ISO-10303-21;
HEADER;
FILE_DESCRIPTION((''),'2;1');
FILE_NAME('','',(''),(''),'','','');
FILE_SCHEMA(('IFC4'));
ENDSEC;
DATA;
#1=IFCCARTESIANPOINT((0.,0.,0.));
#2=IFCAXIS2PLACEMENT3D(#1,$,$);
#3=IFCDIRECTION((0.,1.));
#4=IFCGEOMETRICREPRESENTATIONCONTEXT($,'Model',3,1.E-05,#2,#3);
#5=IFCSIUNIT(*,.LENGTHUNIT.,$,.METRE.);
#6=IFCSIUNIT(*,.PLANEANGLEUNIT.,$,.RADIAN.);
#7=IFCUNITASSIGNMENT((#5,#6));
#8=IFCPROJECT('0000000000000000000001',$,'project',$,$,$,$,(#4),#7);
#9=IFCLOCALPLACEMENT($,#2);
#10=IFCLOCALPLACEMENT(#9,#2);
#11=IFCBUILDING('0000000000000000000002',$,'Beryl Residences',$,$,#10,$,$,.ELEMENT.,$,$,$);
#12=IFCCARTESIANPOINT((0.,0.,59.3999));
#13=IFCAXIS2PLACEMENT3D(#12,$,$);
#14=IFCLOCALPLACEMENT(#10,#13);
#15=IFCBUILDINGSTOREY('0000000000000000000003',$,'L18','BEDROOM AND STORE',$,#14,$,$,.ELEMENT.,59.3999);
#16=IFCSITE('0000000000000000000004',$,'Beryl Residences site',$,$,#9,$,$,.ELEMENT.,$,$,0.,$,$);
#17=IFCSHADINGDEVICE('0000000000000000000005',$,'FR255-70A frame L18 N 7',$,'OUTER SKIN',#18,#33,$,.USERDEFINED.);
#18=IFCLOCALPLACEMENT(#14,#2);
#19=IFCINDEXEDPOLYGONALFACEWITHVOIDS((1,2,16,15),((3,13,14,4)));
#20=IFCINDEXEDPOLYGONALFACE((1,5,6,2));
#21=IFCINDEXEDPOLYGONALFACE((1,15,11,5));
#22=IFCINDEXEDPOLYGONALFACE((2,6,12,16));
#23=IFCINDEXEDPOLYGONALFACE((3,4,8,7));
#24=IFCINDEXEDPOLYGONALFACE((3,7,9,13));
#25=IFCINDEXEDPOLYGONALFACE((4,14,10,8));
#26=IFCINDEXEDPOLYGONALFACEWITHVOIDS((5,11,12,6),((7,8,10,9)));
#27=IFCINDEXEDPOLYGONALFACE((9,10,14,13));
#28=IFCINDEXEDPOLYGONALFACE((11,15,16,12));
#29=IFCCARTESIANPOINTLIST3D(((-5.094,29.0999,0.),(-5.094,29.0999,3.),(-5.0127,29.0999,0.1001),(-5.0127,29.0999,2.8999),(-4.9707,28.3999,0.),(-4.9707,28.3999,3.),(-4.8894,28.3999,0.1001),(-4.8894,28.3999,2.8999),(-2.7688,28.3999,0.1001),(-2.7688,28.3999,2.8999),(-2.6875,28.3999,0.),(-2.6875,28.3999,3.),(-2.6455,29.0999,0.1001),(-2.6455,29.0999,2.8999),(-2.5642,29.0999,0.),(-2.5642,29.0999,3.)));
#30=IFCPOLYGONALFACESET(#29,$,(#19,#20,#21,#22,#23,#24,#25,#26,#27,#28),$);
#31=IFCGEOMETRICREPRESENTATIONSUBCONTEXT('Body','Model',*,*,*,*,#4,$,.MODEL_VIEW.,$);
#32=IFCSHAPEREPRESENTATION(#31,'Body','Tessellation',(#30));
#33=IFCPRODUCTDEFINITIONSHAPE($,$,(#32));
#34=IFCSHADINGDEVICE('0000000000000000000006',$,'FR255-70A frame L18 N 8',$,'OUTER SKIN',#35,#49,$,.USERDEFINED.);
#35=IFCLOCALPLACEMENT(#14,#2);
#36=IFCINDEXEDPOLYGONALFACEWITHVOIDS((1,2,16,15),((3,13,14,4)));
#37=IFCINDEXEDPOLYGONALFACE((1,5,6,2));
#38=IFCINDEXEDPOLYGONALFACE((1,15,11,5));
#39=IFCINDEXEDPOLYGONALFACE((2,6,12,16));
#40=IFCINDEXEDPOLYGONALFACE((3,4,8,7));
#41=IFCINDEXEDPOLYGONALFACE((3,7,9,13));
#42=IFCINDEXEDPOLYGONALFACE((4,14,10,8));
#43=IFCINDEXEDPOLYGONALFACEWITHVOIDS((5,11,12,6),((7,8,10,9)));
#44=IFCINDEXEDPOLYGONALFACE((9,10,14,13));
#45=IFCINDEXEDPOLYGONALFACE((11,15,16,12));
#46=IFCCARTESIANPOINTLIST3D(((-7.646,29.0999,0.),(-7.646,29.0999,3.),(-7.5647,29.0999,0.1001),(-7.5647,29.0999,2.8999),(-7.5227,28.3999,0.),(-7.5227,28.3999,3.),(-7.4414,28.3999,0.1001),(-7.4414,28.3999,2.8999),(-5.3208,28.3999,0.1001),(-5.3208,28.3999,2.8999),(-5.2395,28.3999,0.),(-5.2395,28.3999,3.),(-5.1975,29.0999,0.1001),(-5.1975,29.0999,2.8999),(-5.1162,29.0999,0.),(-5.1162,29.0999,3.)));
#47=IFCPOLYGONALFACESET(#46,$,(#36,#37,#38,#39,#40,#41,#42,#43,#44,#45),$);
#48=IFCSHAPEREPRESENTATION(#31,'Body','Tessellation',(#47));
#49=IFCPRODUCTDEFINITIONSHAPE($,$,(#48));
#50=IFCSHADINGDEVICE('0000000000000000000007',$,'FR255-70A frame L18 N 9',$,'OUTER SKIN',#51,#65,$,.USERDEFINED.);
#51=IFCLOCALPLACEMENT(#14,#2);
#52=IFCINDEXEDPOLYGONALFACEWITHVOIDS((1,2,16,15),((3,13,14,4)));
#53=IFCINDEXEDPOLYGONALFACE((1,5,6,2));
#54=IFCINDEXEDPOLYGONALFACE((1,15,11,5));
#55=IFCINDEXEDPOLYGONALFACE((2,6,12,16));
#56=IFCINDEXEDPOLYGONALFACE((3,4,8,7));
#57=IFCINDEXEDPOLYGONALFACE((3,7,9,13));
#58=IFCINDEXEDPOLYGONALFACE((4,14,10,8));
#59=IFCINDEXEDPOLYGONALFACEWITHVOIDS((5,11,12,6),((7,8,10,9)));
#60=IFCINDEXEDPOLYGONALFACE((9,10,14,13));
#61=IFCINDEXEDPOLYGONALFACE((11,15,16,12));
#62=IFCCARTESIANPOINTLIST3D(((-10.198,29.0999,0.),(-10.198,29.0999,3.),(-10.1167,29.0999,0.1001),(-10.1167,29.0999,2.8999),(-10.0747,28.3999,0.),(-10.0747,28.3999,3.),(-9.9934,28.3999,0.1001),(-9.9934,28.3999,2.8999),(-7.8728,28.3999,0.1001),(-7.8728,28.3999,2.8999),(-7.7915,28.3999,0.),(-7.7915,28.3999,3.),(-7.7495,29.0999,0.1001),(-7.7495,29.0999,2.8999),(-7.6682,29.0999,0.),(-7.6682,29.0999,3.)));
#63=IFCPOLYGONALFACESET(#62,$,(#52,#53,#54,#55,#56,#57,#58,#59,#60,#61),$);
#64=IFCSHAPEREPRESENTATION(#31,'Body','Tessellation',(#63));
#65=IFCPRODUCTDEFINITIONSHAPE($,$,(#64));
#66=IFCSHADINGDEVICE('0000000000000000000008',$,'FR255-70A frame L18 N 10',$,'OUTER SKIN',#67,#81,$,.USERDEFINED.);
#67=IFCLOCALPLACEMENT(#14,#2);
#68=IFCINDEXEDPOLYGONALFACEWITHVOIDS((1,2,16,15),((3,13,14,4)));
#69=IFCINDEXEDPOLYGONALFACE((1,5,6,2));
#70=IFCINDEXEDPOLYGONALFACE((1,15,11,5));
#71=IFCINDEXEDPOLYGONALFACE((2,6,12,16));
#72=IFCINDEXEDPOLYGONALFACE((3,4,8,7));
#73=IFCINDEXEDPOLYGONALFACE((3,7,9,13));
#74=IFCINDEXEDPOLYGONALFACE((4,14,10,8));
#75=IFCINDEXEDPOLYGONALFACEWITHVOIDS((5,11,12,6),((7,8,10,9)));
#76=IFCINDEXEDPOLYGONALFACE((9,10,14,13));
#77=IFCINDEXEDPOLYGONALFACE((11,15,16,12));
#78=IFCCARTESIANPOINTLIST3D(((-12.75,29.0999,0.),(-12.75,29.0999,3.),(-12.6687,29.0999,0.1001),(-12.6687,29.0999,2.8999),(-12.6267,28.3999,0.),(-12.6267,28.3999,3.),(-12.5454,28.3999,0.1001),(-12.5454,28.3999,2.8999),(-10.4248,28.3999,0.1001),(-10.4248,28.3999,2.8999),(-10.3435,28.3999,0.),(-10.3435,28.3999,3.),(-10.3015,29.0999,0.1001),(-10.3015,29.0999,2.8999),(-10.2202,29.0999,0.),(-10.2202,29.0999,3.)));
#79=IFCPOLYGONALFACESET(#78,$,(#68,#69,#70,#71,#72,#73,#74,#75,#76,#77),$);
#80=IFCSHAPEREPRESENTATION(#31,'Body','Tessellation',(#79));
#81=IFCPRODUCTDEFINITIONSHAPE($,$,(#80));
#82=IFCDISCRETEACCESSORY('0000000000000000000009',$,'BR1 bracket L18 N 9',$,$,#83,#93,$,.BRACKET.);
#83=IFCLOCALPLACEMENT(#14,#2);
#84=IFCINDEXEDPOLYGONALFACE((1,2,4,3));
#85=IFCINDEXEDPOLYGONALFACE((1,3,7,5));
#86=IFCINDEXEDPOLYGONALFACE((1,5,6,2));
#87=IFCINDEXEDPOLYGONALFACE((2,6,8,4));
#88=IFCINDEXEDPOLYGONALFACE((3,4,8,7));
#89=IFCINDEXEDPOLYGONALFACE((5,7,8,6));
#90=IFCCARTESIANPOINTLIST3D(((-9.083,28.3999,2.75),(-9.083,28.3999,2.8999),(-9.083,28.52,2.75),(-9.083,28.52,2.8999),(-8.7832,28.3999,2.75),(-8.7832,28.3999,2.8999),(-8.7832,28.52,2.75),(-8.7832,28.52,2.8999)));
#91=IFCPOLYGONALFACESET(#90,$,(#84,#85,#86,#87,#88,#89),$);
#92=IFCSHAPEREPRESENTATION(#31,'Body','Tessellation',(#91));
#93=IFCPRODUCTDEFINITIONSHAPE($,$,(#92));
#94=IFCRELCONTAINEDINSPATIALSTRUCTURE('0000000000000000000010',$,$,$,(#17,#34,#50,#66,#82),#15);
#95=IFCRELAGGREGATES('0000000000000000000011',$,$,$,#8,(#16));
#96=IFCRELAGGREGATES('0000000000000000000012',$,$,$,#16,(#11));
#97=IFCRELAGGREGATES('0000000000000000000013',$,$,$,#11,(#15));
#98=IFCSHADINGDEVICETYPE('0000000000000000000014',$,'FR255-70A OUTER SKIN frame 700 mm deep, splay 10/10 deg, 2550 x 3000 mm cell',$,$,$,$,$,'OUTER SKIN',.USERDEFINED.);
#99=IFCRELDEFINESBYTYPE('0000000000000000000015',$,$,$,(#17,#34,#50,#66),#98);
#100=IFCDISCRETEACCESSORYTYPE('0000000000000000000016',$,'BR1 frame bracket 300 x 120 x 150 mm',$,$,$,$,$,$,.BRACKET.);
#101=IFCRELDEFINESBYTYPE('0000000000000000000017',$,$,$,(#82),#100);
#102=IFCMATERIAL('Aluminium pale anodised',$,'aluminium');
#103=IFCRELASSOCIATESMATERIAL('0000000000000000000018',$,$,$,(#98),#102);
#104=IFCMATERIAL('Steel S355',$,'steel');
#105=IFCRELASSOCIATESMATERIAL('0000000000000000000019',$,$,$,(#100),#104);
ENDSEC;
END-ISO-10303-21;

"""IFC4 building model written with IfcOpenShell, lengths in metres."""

from ifc_helpers import new_model, entity, si_unit, direction, frame, origin, place, context, subcontext, project, spatial, polyline, outline, extrude, source, transform, mapped, material, type_object, type_shapes, element, save


model = new_model("IFC4")

# Units and contexts
model_context = context("Model", 3, precision=1e-05, world=origin(), true_north=direction((0.0, 1.0)))
body_context = subcontext(model_context, "Body", "Model", "MODEL_VIEW")
ifc_project = project(units=[si_unit("LENGTHUNIT", "METRE"), si_unit("PLANEANGLEUNIT", "RADIAN")], contexts=[model_context])

# Site, building, storey
site_placement = place(None, origin())
site = spatial("IfcSite", under=ifc_project, at=site_placement, Name="Beryl Residences site", CompositionType="ELEMENT", RefElevation=0.0)
building_placement = place(site_placement, origin())
building = spatial("IfcBuilding", under=site, at=building_placement, Name="Beryl Residences", CompositionType="ELEMENT")
storey_placement = place(building_placement, frame((0.0, 0.0, 59.3999)))
storey = spatial("IfcBuildingStorey", under=building, at=storey_placement, Name="L18", Description="BEDROOM AND STORE", CompositionType="ELEMENT", Elevation=59.3999)

# Shading devices
ifc_material_1 = material(Name="Aluminium pale anodised", Category="aluminium")
shading_device_type = type_object("IfcShadingDeviceType", Name="FR255-70A OUTER SKIN frame 700 mm deep, splay 10/10 deg, 2550 x 3000 mm cell", ElementType="OUTER SKIN", PredefinedType="USERDEFINED", material=ifc_material_1)
cartesian_point_1 = entity("IfcCartesianPoint", [-1.1416, 0.0])
cartesian_point_2 = entity("IfcCartesianPoint", [-1.0603, 0.1001])
cartesian_point_3 = entity("IfcCartesianPoint", [-1.2649, 0.0])
cartesian_point_4 = entity("IfcCartesianPoint", [-1.1836, 0.1001])
shared_shape_1 = source(origin(), body_context, "Body", "SweptSolid", [
    entity("IfcExtrudedAreaSolidTapered", entity("IfcArbitraryProfileDefWithVoids", "AREA", None, entity("IfcPolyline", [cartesian_point_1, entity("IfcCartesianPoint", [1.1416, 0.0]), entity("IfcCartesianPoint", [1.1416, 3.0]), entity("IfcCartesianPoint", [-1.1416, 3.0]), cartesian_point_1]), [entity("IfcPolyline", [cartesian_point_2, entity("IfcCartesianPoint", [1.0603, 0.1001]), entity("IfcCartesianPoint", [1.0603, 2.8999]), entity("IfcCartesianPoint", [-1.0603, 2.8999]), cartesian_point_2])]), entity("IfcAxis2Placement3D", entity("IfcCartesianPoint", [0.0, 0.0, 0.0]), entity("IfcDirection", [0.0, 1.0, 0.0]), entity("IfcDirection", [-1.0, 0.0, 0.0])), entity("IfcDirection", [0.0, 0.0, 1.0]), 0.7, entity("IfcArbitraryProfileDefWithVoids", "AREA", None, entity("IfcPolyline", [cartesian_point_3, entity("IfcCartesianPoint", [1.2649, 0.0]), entity("IfcCartesianPoint", [1.2649, 3.0]), entity("IfcCartesianPoint", [-1.2649, 3.0]), cartesian_point_3]), [entity("IfcPolyline", [cartesian_point_4, entity("IfcCartesianPoint", [1.1836, 0.1001]), entity("IfcCartesianPoint", [1.1836, 2.8999]), entity("IfcCartesianPoint", [-1.1836, 2.8999]), cartesian_point_4])])),
])
type_shapes(shading_device_type, [shared_shape_1])
for number, where, z_axis, x_axis, name in (
    (1, (-3.8291, 28.3999, 0.0), (0.0, 0.0, 1.0), (1.0, 0.0, 0.0), "FR255-70A frame L18 N 7"),
    (2, (-6.3811, 28.3999, 0.0), (0.0, 0.0, 1.0), (1.0, 0.0, 0.0), "FR255-70A frame L18 N 8"),
    (3, (-8.9331, 28.3999, 0.0), (0.0, 0.0, 1.0), (1.0, 0.0, 0.0), "FR255-70A frame L18 N 9"),
    (4, (-11.4851, 28.3999, 0.0), (0.0, 0.0, 1.0), (1.0, 0.0, 0.0), "FR255-70A frame L18 N 10"),
):
    element("IfcShadingDevice", number, at=place(storey_placement, frame(where, z_axis=z_axis, x_axis=x_axis)), inside=storey, type_object=shading_device_type, Name=name, ObjectType="OUTER SKIN", PredefinedType="USERDEFINED", context=body_context, shape_type="MappedRepresentation", body=[
        mapped(shared_shape_1, transform((0.0, 0.0, 0.0))),
    ])

# Discrete accessory
ifc_material_2 = material(Name="Steel S355", Category="steel")
discrete_accessory_type = type_object("IfcDiscreteAccessoryType", Name="BR1 frame bracket 300 x 120 x 150 mm", PredefinedType="BRACKET", material=ifc_material_2)
shared_shape_2 = source(origin(), body_context, "Body", "SweptSolid", [
    extrude(outline(polyline([(-0.1499, 0.0), (0.1499, 0.0), (0.1499, 0.1201), (-0.1499, 0.1201), (-0.1499, 0.0)])), origin(), (0.0, 0.0, 1.0), 0.1499),
])
type_shapes(discrete_accessory_type, [shared_shape_2])
discrete_accessory_placement = place(storey_placement, frame((-8.9331, 28.3999, 2.75), z_axis=(0.0, 0.0, 1.0), x_axis=(1.0, 0.0, 0.0)))
element("IfcDiscreteAccessory", 5, at=discrete_accessory_placement, inside=storey, type_object=discrete_accessory_type, Name="BR1 bracket L18 N 9", PredefinedType="BRACKET", context=body_context, shape_type="MappedRepresentation", body=[
    mapped(shared_shape_2, transform((0.0, 0.0, 0.0))),
])

save(model, "model.ifc")
